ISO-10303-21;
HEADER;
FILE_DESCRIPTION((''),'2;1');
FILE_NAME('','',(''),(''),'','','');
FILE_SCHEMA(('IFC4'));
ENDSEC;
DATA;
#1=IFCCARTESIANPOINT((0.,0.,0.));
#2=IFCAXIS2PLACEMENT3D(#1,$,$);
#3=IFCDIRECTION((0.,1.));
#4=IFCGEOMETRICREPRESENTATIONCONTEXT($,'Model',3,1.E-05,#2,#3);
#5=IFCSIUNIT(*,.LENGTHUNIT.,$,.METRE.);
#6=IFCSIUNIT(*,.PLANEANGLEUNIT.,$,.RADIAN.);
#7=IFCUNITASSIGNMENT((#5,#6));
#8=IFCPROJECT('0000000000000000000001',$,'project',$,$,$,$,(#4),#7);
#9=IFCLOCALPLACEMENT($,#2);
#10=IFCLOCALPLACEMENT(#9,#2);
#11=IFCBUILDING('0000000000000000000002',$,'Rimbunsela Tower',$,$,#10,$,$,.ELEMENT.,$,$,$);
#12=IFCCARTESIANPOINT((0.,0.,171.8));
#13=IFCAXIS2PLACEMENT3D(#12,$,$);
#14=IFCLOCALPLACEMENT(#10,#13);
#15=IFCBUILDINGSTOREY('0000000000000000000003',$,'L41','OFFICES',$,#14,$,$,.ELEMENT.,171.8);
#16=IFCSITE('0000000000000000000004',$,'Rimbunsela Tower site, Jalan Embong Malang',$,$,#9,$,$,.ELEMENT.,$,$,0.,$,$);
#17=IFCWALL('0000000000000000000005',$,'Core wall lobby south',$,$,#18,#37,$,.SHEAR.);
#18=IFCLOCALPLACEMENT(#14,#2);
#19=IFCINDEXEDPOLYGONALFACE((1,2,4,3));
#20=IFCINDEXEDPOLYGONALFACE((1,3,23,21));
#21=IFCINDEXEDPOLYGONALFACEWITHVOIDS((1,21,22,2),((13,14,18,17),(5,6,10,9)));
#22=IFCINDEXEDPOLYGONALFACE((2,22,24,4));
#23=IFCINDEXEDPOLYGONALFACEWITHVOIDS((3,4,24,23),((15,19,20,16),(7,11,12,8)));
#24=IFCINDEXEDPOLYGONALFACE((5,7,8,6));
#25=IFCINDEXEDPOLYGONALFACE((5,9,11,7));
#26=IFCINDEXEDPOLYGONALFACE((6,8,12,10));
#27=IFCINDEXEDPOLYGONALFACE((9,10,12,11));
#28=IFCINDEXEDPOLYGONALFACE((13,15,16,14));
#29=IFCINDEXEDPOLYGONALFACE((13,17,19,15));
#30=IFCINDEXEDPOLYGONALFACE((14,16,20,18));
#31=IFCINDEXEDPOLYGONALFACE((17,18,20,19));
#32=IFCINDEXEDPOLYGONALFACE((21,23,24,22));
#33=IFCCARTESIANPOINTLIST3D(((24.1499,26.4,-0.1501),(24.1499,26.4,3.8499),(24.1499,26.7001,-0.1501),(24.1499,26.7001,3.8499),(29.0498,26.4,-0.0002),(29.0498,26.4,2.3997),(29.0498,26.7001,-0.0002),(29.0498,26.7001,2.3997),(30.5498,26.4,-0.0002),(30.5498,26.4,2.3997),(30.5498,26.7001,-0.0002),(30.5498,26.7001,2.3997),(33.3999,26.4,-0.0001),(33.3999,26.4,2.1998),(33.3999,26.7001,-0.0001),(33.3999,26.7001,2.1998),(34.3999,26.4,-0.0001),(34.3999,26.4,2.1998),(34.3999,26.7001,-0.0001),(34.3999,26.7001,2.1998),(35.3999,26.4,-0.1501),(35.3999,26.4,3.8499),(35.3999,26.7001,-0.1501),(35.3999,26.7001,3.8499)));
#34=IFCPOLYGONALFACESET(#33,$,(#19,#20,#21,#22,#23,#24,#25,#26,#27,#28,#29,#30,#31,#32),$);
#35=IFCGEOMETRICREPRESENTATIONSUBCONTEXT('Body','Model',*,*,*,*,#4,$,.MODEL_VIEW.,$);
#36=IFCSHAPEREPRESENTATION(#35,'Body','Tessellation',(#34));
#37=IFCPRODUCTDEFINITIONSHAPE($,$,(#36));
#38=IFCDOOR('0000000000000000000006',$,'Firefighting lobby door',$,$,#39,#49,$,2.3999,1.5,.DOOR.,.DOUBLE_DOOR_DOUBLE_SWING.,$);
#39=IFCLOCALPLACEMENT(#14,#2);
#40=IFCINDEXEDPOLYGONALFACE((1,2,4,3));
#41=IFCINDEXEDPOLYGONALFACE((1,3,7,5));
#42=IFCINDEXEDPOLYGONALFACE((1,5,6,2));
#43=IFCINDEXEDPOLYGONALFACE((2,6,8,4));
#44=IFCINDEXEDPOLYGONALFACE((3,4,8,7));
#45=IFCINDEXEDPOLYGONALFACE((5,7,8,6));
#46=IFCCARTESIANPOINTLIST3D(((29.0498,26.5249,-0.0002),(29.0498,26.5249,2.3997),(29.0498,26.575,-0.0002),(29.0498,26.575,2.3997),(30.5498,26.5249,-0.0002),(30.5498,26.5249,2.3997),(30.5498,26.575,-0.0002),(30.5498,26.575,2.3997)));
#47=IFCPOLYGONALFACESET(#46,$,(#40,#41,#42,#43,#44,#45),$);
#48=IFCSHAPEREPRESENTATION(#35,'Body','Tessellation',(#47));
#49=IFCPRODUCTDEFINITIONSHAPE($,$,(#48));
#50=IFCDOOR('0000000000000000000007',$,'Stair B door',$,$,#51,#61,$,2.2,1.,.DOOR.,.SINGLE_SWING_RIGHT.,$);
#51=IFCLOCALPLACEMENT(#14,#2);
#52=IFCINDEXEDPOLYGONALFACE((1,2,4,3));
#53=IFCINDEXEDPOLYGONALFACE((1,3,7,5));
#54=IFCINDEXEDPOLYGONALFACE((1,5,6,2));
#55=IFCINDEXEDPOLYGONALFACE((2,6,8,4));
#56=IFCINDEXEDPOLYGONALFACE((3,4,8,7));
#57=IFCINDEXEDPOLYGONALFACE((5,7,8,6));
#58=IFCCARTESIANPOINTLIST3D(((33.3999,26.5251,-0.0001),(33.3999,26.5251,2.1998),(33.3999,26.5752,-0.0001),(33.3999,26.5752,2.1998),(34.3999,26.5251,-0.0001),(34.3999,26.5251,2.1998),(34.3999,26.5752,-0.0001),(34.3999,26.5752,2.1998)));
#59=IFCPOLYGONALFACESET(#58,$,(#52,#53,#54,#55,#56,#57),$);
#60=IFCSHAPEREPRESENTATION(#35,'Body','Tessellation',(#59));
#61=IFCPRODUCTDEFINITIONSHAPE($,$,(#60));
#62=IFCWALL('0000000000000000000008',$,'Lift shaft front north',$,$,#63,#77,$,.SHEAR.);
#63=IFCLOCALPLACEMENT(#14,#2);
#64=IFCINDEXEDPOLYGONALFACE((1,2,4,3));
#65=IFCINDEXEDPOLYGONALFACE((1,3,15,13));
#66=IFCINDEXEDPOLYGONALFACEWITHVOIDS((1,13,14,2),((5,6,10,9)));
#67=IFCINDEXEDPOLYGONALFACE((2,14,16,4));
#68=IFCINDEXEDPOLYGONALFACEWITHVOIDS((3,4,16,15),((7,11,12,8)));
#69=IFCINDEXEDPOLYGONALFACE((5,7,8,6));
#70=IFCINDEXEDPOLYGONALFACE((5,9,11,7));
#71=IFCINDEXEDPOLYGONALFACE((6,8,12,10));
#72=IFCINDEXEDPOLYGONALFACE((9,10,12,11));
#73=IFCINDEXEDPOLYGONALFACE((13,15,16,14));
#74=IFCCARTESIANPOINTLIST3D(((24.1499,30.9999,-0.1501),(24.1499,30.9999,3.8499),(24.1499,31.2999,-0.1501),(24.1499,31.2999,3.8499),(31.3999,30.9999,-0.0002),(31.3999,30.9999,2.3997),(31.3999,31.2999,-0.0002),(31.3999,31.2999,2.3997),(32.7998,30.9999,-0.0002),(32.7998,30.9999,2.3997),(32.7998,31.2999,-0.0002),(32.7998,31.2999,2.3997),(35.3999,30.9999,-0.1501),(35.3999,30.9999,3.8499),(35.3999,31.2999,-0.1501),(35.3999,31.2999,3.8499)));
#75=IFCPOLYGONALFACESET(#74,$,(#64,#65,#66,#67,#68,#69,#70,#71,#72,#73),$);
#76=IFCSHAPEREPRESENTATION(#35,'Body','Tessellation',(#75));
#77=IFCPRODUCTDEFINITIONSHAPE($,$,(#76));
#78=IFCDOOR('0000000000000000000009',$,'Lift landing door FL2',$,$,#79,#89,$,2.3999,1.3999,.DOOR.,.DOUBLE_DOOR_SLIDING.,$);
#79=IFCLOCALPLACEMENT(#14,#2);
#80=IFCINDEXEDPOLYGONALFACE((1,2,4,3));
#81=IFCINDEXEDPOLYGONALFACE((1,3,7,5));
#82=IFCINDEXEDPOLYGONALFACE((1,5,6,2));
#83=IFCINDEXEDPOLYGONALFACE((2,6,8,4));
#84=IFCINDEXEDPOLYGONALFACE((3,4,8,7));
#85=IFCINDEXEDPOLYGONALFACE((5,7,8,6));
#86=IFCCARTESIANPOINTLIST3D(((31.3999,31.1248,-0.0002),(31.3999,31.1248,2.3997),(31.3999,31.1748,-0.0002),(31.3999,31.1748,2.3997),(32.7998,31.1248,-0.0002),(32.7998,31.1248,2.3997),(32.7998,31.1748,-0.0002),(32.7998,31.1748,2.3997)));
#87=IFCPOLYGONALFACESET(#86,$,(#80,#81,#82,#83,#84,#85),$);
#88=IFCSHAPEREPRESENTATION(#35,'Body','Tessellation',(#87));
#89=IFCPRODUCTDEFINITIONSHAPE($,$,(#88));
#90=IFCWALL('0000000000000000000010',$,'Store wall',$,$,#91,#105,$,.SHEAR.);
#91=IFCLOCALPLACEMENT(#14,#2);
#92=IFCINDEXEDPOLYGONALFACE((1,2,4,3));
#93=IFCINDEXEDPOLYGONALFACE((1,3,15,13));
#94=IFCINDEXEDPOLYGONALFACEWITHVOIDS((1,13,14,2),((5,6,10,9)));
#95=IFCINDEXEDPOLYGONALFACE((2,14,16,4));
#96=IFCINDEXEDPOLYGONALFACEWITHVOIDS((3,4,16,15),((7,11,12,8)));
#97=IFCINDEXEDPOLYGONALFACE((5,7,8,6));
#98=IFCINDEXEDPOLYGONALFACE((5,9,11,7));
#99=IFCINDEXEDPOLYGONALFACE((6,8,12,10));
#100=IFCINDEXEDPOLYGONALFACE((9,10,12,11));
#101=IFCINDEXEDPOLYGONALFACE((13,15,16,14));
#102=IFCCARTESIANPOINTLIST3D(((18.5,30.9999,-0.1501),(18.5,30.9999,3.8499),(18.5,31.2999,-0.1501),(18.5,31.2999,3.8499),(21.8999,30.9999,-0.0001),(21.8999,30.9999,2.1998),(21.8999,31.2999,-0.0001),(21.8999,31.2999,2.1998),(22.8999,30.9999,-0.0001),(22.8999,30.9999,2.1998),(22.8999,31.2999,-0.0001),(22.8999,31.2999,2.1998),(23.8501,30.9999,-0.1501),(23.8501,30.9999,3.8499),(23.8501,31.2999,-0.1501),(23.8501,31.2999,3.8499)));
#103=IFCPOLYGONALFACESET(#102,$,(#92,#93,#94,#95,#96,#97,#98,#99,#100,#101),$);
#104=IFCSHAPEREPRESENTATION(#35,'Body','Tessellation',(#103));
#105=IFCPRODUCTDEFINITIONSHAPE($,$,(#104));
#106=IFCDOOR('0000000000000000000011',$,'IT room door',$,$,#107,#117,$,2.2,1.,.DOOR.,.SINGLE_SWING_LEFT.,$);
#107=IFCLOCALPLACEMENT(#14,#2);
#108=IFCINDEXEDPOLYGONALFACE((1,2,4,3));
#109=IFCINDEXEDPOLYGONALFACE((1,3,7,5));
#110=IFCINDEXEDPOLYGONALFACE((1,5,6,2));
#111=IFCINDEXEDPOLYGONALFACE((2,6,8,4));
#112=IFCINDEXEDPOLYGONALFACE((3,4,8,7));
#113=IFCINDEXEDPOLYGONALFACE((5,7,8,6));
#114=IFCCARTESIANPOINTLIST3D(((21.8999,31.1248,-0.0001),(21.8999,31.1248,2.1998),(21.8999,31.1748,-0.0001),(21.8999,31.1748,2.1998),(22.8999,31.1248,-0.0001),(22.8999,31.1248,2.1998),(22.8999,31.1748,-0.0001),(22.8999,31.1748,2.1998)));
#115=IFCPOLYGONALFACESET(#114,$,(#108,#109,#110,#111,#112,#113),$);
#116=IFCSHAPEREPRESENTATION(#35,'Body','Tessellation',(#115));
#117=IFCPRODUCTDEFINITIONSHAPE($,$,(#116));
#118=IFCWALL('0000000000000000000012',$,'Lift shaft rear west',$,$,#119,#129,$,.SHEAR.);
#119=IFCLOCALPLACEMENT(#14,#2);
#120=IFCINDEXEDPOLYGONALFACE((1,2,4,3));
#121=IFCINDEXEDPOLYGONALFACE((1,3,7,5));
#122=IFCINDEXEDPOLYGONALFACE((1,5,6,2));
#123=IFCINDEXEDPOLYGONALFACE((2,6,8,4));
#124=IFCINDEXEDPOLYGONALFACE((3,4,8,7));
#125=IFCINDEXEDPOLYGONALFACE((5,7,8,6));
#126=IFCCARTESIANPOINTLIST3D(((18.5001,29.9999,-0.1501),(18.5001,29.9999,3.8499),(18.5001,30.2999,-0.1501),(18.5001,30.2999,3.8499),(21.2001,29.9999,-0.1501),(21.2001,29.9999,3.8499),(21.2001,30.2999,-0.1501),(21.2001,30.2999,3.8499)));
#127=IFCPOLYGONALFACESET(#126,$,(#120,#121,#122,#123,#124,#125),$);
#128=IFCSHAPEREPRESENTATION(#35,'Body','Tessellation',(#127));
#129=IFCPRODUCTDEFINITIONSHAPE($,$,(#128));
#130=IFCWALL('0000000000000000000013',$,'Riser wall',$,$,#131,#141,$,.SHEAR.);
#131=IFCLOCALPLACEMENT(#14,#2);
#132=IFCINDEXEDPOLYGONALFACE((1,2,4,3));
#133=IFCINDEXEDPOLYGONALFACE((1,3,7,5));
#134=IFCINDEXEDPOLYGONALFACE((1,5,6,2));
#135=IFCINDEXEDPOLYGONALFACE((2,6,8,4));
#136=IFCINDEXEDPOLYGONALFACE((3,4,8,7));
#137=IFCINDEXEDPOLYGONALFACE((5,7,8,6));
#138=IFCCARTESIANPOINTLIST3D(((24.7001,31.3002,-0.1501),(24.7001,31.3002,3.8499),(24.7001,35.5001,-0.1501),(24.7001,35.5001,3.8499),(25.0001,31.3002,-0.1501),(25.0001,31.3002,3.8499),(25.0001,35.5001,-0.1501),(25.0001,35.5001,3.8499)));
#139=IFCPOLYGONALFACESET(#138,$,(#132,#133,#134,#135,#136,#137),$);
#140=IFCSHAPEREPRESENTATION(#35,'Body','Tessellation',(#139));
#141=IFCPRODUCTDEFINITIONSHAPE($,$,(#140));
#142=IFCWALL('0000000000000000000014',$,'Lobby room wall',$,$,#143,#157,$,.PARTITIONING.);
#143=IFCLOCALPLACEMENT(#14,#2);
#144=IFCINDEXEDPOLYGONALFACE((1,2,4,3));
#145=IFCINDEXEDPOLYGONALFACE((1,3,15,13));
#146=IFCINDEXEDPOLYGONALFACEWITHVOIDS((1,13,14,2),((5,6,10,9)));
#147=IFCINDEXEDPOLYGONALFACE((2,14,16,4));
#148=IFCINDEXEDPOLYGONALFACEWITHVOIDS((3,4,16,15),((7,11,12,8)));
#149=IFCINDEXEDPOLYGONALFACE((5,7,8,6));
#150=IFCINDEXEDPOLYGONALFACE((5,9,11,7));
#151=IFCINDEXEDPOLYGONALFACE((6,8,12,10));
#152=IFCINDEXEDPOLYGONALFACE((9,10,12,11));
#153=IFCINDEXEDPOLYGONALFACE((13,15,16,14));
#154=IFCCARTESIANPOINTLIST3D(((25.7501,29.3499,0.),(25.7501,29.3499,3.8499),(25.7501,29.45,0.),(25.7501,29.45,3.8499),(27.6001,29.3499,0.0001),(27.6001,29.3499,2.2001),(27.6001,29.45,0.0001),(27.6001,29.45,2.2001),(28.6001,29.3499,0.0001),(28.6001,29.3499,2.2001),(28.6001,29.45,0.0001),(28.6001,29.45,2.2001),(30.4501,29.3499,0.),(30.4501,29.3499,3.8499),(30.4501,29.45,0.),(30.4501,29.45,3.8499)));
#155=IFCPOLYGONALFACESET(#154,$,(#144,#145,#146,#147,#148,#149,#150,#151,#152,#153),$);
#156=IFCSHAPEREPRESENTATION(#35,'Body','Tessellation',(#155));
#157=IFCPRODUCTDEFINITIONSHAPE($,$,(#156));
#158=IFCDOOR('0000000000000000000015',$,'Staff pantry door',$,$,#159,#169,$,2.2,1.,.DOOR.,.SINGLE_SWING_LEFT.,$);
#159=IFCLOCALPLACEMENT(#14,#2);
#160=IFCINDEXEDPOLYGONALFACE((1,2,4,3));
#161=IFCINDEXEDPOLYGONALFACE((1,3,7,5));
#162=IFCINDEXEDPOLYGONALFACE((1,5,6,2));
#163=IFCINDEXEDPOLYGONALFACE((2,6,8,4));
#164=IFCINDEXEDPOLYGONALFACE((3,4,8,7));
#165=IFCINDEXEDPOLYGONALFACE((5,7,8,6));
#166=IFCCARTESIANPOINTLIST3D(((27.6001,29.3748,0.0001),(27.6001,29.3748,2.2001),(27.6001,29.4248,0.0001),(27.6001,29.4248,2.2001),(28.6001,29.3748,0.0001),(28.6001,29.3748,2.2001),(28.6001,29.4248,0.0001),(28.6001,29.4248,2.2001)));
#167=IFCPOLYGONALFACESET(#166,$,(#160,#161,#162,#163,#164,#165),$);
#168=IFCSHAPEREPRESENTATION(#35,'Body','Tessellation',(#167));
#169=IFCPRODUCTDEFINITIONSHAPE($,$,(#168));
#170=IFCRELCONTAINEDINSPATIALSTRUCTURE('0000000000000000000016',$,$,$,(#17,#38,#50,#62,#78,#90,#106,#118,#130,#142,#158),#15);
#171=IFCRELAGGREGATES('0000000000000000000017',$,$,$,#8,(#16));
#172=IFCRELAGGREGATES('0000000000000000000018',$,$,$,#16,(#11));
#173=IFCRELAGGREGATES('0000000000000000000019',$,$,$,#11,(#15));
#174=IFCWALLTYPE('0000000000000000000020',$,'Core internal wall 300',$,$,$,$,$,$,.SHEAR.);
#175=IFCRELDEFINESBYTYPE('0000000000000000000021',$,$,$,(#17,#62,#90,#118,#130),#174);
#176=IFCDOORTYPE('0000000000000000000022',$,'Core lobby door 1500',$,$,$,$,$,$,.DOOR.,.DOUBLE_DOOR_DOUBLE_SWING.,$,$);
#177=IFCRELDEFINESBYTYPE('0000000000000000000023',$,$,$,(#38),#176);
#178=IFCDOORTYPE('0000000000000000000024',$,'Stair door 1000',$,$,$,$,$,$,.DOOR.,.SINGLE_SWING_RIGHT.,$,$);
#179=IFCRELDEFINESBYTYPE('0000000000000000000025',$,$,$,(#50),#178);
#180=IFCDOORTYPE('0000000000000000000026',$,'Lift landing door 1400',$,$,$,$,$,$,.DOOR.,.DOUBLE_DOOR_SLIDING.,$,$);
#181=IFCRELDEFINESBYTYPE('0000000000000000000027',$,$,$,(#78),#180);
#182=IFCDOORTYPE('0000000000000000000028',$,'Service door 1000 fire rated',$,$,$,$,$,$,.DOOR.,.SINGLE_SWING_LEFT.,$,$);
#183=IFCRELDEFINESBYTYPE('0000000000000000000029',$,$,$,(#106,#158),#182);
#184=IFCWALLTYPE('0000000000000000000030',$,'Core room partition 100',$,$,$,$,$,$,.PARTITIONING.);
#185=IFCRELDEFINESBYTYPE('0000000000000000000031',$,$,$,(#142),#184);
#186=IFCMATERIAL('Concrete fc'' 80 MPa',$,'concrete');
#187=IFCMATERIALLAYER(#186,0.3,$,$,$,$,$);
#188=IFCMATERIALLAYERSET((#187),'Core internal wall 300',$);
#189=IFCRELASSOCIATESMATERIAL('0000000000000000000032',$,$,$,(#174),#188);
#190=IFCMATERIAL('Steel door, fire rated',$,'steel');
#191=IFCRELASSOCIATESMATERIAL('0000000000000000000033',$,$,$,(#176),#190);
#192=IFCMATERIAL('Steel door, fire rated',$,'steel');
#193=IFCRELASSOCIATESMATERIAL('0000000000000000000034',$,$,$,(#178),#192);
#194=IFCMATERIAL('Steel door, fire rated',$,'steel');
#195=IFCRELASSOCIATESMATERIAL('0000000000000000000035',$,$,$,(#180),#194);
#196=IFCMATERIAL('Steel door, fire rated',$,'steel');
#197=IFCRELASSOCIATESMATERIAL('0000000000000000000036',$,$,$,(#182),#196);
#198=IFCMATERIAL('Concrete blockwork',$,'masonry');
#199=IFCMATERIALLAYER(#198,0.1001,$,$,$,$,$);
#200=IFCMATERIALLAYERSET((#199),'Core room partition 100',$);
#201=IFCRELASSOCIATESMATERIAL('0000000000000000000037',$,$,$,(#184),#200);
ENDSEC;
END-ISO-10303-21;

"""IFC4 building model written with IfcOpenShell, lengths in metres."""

from ifc_helpers import new_model, si_unit, direction, frame, frame_2d, origin, place, context, subcontext, project, spatial, rectangle, extrude, material, layer, layer_set, type_object, element, fill, save


model = new_model("IFC4")

# Units and contexts
model_context = context("Model", 3, precision=1e-05, world=origin(), true_north=direction((0.0, 1.0)))
body_context = subcontext(model_context, "Body", "Model", "MODEL_VIEW")
ifc_project = project(units=[si_unit("LENGTHUNIT", "METRE"), si_unit("PLANEANGLEUNIT", "RADIAN")], contexts=[model_context])

# Site, building, storey
site_placement = place(None, origin())
site = spatial("IfcSite", under=ifc_project, at=site_placement, Name="Rimbunsela Tower site, Jalan Embong Malang", CompositionType="ELEMENT", RefElevation=0.0)
building_placement = place(site_placement, origin())
building = spatial("IfcBuilding", under=site, at=building_placement, Name="Rimbunsela Tower", CompositionType="ELEMENT")
storey_placement = place(building_placement, frame((0.0, 0.0, 171.8)))
storey = spatial("IfcBuildingStorey", under=building, at=storey_placement, Name="L41", Description="OFFICES", CompositionType="ELEMENT", Elevation=171.8)

# Wall, openings, doors
ifc_material_1 = material(Name="Concrete fc' 80 MPa", Category="concrete")
ifc_layer_1 = layer(ifc_material_1, 0.3)
ifc_layer_set_1 = layer_set([ifc_layer_1], Name="Core internal wall 300")
wall_type_1 = type_object("IfcWallType", Name="Core internal wall 300", PredefinedType="SHEAR", material=ifc_layer_set_1)
wall_1_placement = place(storey_placement, frame((24.1499, 26.55, -0.1501), z_axis=(0.0, 0.0, 1.0), x_axis=(1.0, 0.0, 0.0)))
wall_1 = element("IfcWall", 1, at=wall_1_placement, inside=storey, type_object=wall_type_1, Name="Core wall lobby south", PredefinedType="SHEAR", context=body_context, shape_type="SweptSolid", body=[
    extrude(rectangle(XDim=11.25, YDim=0.3, at=frame_2d((5.625, 0.0))), origin(), (0.0, 0.0, 1.0), 4.0),
])
opening_1_placement = place(wall_1_placement, frame((9.25, 0.0, 0.1499)))
opening_1 = element("IfcOpeningElement", 2, at=opening_1_placement, cuts=wall_1, PredefinedType="OPENING", context=body_context, shape_type="SweptSolid", body=[
    extrude(rectangle(XDim=1.0, YDim=2.2, at=frame_2d((0.5, 1.1001))), frame((0.0, 0.1599, 0.0), z_axis=(0.0, -1.0, 0.0), x_axis=(1.0, 0.0, 0.0)), (0.0, 0.0, 1.0), 0.3201),
])
opening_2_placement = place(wall_1_placement, frame((4.8999, 0.0, 0.1499)))
opening_2 = element("IfcOpeningElement", 3, at=opening_2_placement, cuts=wall_1, PredefinedType="OPENING", context=body_context, shape_type="SweptSolid", body=[
    extrude(rectangle(XDim=1.5, YDim=2.3999, at=frame_2d((0.75, 1.2))), frame((0.0, 0.1599, 0.0), z_axis=(0.0, -1.0, 0.0), x_axis=(1.0, 0.0, 0.0)), (0.0, 0.0, 1.0), 0.3201),
])
ifc_material_2 = material(Name="Steel door, fire rated", Category="steel")
door_type_1 = type_object("IfcDoorType", Name="Core lobby door 1500", OperationType="DOUBLE_DOOR_DOUBLE_SWING", PredefinedType="DOOR", material=ifc_material_2)
door_1_placement = place(opening_2_placement, origin())
door_1 = element("IfcDoor", 4, at=door_1_placement, inside=storey, type_object=door_type_1, Name="Firefighting lobby door", OperationType="DOUBLE_DOOR_DOUBLE_SWING", OverallHeight=2.3999, OverallWidth=1.5, PredefinedType="DOOR", context=body_context, shape_type="SweptSolid", body=[
    extrude(rectangle(XDim=1.5, YDim=2.3999, at=frame_2d((0.75, 1.2))), frame((0.0, 0.0249, 0.0), z_axis=(0.0, -1.0, 0.0), x_axis=(1.0, 0.0, 0.0)), (0.0, 0.0, 1.0), 0.05),
])
fill(opening_2, door_1)
ifc_material_3 = material(Name="Steel door, fire rated", Category="steel")
door_type_2 = type_object("IfcDoorType", Name="Stair door 1000", OperationType="SINGLE_SWING_RIGHT", PredefinedType="DOOR", material=ifc_material_3)
door_2_placement = place(opening_1_placement, frame((1.0, 0.0, 0.0), z_axis=(0.0, 0.0, 1.0), x_axis=(-1.0, 0.0, 0.0)))
door_2 = element("IfcDoor", 5, at=door_2_placement, inside=storey, type_object=door_type_2, Name="Stair B door", OperationType="SINGLE_SWING_RIGHT", OverallHeight=2.2, OverallWidth=1.0, PredefinedType="DOOR", context=body_context, shape_type="SweptSolid", body=[
    extrude(rectangle(XDim=1.0, YDim=2.2, at=frame_2d((0.5, 1.1001))), frame((0.0, 0.0249, 0.0), z_axis=(0.0, -1.0, 0.0), x_axis=(1.0, 0.0, 0.0)), (0.0, 0.0, 1.0), 0.05),
])
fill(opening_1, door_2)

# Walls, openings, doors
wall_2_placement = place(storey_placement, frame((24.1499, 31.1499, -0.1501), z_axis=(0.0, 0.0, 1.0), x_axis=(1.0, 0.0, 0.0)))
wall_2 = element("IfcWall", 6, at=wall_2_placement, inside=storey, type_object=wall_type_1, Name="Lift shaft front north", PredefinedType="SHEAR", context=body_context, shape_type="SweptSolid", body=[
    extrude(rectangle(XDim=11.25, YDim=0.3, at=frame_2d((5.625, 0.0))), origin(), (0.0, 0.0, 1.0), 4.0),
])
opening_3_placement = place(wall_2_placement, frame((7.25, 0.0, 0.1499)))
opening_3 = element("IfcOpeningElement", 7, at=opening_3_placement, cuts=wall_2, PredefinedType="OPENING", context=body_context, shape_type="SweptSolid", body=[
    extrude(rectangle(XDim=1.3999, YDim=2.3999, at=frame_2d((0.7, 1.2))), frame((0.0, 0.1599, 0.0), z_axis=(0.0, -1.0, 0.0), x_axis=(1.0, 0.0, 0.0)), (0.0, 0.0, 1.0), 0.3201),
])
ifc_material_4 = material(Name="Steel door, fire rated", Category="steel")
door_type_3 = type_object("IfcDoorType", Name="Lift landing door 1400", OperationType="DOUBLE_DOOR_SLIDING", PredefinedType="DOOR", material=ifc_material_4)
door_3_placement = place(opening_3_placement, origin())
door_3 = element("IfcDoor", 8, at=door_3_placement, inside=storey, type_object=door_type_3, Name="Lift landing door FL2", OperationType="DOUBLE_DOOR_SLIDING", OverallHeight=2.3999, OverallWidth=1.3999, PredefinedType="DOOR", context=body_context, shape_type="SweptSolid", body=[
    extrude(rectangle(XDim=1.3999, YDim=2.3999, at=frame_2d((0.7, 1.2))), frame((0.0, 0.0249, 0.0), z_axis=(0.0, -1.0, 0.0), x_axis=(1.0, 0.0, 0.0)), (0.0, 0.0, 1.0), 0.05),
])
fill(opening_3, door_3)
wall_3_placement = place(storey_placement, frame((18.5, 31.1499, -0.1501), z_axis=(0.0, 0.0, 1.0), x_axis=(1.0, 0.0, 0.0)))
wall_3 = element("IfcWall", 9, at=wall_3_placement, inside=storey, type_object=wall_type_1, Name="Store wall", PredefinedType="SHEAR", context=body_context, shape_type="SweptSolid", body=[
    extrude(rectangle(XDim=5.3501, YDim=0.3, at=frame_2d((2.675, 0.0))), origin(), (0.0, 0.0, 1.0), 4.0),
])
opening_4_placement = place(wall_3_placement, frame((3.3999, 0.0, 0.1499)))
opening_4 = element("IfcOpeningElement", 10, at=opening_4_placement, cuts=wall_3, PredefinedType="OPENING", context=body_context, shape_type="SweptSolid", body=[
    extrude(rectangle(XDim=1.0, YDim=2.2, at=frame_2d((0.5, 1.1001))), frame((0.0, 0.1599, 0.0), z_axis=(0.0, -1.0, 0.0), x_axis=(1.0, 0.0, 0.0)), (0.0, 0.0, 1.0), 0.3201),
])
ifc_material_5 = material(Name="Steel door, fire rated", Category="steel")
door_type_4 = type_object("IfcDoorType", Name="Service door 1000 fire rated", OperationType="SINGLE_SWING_LEFT", PredefinedType="DOOR", material=ifc_material_5)
door_4_placement = place(opening_4_placement, origin())
door_4 = element("IfcDoor", 11, at=door_4_placement, inside=storey, type_object=door_type_4, Name="IT room door", OperationType="SINGLE_SWING_LEFT", OverallHeight=2.2, OverallWidth=1.0, PredefinedType="DOOR", context=body_context, shape_type="SweptSolid", body=[
    extrude(rectangle(XDim=1.0, YDim=2.2, at=frame_2d((0.5, 1.1001))), frame((0.0, 0.0249, 0.0), z_axis=(0.0, -1.0, 0.0), x_axis=(1.0, 0.0, 0.0)), (0.0, 0.0, 1.0), 0.05),
])
fill(opening_4, door_4)

# Walls
wall_4_placement = place(storey_placement, frame((18.5, 30.1499, -0.1501), z_axis=(0.0, 0.0, 1.0), x_axis=(1.0, 0.0, 0.0)))
element("IfcWall", 12, at=wall_4_placement, inside=storey, type_object=wall_type_1, Name="Lift shaft rear west", PredefinedType="SHEAR", context=body_context, shape_type="SweptSolid", body=[
    extrude(rectangle(XDim=2.7, YDim=0.3, at=frame_2d((1.3501, 0.0))), origin(), (0.0, 0.0, 1.0), 4.0),
])
wall_5_placement = place(storey_placement, frame((24.8501, 31.3, -0.1501), z_axis=(0.0, 0.0, 1.0), x_axis=(0.0, 1.0, 0.0)))
element("IfcWall", 13, at=wall_5_placement, inside=storey, type_object=wall_type_1, Name="Riser wall", PredefinedType="SHEAR", context=body_context, shape_type="SweptSolid", body=[
    extrude(rectangle(XDim=4.2, YDim=0.3, at=frame_2d((2.1001, 0.0))), origin(), (0.0, 0.0, 1.0), 4.0),
])

# Wall, opening, door
ifc_material_6 = material(Name="Concrete blockwork", Category="masonry")
ifc_layer_2 = layer(ifc_material_6, 0.1001)
ifc_layer_set_2 = layer_set([ifc_layer_2], Name="Core room partition 100")
wall_type_2 = type_object("IfcWallType", Name="Core room partition 100", PredefinedType="PARTITIONING", material=ifc_layer_set_2)
wall_6_placement = place(storey_placement, frame((25.75, 29.3999, 0.0), z_axis=(0.0, 0.0, 1.0), x_axis=(1.0, 0.0, 0.0)))
wall_6 = element("IfcWall", 14, at=wall_6_placement, inside=storey, type_object=wall_type_2, Name="Lobby room wall", PredefinedType="PARTITIONING", context=body_context, shape_type="SweptSolid", body=[
    extrude(rectangle(XDim=4.7, YDim=0.1001, at=frame_2d((2.3501, 0.0))), origin(), (0.0, 0.0, 1.0), 3.8499),
])
opening_5_placement = place(wall_6_placement, frame((1.8501, 0.0, 0.0)))
opening_5 = element("IfcOpeningElement", 15, at=opening_5_placement, cuts=wall_6, PredefinedType="OPENING", context=body_context, shape_type="SweptSolid", body=[
    extrude(rectangle(XDim=1.0, YDim=2.2, at=frame_2d((0.5, 1.1001))), frame((0.0, 0.0601, 0.0), z_axis=(0.0, -1.0, 0.0), x_axis=(1.0, 0.0, 0.0)), (0.0, 0.0, 1.0), 0.1201),
])
door_5_placement = place(opening_5_placement, origin())
door_5 = element("IfcDoor", 16, at=door_5_placement, inside=storey, type_object=door_type_4, Name="Staff pantry door", OperationType="SINGLE_SWING_LEFT", OverallHeight=2.2, OverallWidth=1.0, PredefinedType="DOOR", context=body_context, shape_type="SweptSolid", body=[
    extrude(rectangle(XDim=1.0, YDim=2.2, at=frame_2d((0.5, 1.1001))), frame((0.0, 0.0249, 0.0), z_axis=(0.0, -1.0, 0.0), x_axis=(1.0, 0.0, 0.0)), (0.0, 0.0, 1.0), 0.05),
])
fill(opening_5, door_5)

save(model, "model.ifc")
